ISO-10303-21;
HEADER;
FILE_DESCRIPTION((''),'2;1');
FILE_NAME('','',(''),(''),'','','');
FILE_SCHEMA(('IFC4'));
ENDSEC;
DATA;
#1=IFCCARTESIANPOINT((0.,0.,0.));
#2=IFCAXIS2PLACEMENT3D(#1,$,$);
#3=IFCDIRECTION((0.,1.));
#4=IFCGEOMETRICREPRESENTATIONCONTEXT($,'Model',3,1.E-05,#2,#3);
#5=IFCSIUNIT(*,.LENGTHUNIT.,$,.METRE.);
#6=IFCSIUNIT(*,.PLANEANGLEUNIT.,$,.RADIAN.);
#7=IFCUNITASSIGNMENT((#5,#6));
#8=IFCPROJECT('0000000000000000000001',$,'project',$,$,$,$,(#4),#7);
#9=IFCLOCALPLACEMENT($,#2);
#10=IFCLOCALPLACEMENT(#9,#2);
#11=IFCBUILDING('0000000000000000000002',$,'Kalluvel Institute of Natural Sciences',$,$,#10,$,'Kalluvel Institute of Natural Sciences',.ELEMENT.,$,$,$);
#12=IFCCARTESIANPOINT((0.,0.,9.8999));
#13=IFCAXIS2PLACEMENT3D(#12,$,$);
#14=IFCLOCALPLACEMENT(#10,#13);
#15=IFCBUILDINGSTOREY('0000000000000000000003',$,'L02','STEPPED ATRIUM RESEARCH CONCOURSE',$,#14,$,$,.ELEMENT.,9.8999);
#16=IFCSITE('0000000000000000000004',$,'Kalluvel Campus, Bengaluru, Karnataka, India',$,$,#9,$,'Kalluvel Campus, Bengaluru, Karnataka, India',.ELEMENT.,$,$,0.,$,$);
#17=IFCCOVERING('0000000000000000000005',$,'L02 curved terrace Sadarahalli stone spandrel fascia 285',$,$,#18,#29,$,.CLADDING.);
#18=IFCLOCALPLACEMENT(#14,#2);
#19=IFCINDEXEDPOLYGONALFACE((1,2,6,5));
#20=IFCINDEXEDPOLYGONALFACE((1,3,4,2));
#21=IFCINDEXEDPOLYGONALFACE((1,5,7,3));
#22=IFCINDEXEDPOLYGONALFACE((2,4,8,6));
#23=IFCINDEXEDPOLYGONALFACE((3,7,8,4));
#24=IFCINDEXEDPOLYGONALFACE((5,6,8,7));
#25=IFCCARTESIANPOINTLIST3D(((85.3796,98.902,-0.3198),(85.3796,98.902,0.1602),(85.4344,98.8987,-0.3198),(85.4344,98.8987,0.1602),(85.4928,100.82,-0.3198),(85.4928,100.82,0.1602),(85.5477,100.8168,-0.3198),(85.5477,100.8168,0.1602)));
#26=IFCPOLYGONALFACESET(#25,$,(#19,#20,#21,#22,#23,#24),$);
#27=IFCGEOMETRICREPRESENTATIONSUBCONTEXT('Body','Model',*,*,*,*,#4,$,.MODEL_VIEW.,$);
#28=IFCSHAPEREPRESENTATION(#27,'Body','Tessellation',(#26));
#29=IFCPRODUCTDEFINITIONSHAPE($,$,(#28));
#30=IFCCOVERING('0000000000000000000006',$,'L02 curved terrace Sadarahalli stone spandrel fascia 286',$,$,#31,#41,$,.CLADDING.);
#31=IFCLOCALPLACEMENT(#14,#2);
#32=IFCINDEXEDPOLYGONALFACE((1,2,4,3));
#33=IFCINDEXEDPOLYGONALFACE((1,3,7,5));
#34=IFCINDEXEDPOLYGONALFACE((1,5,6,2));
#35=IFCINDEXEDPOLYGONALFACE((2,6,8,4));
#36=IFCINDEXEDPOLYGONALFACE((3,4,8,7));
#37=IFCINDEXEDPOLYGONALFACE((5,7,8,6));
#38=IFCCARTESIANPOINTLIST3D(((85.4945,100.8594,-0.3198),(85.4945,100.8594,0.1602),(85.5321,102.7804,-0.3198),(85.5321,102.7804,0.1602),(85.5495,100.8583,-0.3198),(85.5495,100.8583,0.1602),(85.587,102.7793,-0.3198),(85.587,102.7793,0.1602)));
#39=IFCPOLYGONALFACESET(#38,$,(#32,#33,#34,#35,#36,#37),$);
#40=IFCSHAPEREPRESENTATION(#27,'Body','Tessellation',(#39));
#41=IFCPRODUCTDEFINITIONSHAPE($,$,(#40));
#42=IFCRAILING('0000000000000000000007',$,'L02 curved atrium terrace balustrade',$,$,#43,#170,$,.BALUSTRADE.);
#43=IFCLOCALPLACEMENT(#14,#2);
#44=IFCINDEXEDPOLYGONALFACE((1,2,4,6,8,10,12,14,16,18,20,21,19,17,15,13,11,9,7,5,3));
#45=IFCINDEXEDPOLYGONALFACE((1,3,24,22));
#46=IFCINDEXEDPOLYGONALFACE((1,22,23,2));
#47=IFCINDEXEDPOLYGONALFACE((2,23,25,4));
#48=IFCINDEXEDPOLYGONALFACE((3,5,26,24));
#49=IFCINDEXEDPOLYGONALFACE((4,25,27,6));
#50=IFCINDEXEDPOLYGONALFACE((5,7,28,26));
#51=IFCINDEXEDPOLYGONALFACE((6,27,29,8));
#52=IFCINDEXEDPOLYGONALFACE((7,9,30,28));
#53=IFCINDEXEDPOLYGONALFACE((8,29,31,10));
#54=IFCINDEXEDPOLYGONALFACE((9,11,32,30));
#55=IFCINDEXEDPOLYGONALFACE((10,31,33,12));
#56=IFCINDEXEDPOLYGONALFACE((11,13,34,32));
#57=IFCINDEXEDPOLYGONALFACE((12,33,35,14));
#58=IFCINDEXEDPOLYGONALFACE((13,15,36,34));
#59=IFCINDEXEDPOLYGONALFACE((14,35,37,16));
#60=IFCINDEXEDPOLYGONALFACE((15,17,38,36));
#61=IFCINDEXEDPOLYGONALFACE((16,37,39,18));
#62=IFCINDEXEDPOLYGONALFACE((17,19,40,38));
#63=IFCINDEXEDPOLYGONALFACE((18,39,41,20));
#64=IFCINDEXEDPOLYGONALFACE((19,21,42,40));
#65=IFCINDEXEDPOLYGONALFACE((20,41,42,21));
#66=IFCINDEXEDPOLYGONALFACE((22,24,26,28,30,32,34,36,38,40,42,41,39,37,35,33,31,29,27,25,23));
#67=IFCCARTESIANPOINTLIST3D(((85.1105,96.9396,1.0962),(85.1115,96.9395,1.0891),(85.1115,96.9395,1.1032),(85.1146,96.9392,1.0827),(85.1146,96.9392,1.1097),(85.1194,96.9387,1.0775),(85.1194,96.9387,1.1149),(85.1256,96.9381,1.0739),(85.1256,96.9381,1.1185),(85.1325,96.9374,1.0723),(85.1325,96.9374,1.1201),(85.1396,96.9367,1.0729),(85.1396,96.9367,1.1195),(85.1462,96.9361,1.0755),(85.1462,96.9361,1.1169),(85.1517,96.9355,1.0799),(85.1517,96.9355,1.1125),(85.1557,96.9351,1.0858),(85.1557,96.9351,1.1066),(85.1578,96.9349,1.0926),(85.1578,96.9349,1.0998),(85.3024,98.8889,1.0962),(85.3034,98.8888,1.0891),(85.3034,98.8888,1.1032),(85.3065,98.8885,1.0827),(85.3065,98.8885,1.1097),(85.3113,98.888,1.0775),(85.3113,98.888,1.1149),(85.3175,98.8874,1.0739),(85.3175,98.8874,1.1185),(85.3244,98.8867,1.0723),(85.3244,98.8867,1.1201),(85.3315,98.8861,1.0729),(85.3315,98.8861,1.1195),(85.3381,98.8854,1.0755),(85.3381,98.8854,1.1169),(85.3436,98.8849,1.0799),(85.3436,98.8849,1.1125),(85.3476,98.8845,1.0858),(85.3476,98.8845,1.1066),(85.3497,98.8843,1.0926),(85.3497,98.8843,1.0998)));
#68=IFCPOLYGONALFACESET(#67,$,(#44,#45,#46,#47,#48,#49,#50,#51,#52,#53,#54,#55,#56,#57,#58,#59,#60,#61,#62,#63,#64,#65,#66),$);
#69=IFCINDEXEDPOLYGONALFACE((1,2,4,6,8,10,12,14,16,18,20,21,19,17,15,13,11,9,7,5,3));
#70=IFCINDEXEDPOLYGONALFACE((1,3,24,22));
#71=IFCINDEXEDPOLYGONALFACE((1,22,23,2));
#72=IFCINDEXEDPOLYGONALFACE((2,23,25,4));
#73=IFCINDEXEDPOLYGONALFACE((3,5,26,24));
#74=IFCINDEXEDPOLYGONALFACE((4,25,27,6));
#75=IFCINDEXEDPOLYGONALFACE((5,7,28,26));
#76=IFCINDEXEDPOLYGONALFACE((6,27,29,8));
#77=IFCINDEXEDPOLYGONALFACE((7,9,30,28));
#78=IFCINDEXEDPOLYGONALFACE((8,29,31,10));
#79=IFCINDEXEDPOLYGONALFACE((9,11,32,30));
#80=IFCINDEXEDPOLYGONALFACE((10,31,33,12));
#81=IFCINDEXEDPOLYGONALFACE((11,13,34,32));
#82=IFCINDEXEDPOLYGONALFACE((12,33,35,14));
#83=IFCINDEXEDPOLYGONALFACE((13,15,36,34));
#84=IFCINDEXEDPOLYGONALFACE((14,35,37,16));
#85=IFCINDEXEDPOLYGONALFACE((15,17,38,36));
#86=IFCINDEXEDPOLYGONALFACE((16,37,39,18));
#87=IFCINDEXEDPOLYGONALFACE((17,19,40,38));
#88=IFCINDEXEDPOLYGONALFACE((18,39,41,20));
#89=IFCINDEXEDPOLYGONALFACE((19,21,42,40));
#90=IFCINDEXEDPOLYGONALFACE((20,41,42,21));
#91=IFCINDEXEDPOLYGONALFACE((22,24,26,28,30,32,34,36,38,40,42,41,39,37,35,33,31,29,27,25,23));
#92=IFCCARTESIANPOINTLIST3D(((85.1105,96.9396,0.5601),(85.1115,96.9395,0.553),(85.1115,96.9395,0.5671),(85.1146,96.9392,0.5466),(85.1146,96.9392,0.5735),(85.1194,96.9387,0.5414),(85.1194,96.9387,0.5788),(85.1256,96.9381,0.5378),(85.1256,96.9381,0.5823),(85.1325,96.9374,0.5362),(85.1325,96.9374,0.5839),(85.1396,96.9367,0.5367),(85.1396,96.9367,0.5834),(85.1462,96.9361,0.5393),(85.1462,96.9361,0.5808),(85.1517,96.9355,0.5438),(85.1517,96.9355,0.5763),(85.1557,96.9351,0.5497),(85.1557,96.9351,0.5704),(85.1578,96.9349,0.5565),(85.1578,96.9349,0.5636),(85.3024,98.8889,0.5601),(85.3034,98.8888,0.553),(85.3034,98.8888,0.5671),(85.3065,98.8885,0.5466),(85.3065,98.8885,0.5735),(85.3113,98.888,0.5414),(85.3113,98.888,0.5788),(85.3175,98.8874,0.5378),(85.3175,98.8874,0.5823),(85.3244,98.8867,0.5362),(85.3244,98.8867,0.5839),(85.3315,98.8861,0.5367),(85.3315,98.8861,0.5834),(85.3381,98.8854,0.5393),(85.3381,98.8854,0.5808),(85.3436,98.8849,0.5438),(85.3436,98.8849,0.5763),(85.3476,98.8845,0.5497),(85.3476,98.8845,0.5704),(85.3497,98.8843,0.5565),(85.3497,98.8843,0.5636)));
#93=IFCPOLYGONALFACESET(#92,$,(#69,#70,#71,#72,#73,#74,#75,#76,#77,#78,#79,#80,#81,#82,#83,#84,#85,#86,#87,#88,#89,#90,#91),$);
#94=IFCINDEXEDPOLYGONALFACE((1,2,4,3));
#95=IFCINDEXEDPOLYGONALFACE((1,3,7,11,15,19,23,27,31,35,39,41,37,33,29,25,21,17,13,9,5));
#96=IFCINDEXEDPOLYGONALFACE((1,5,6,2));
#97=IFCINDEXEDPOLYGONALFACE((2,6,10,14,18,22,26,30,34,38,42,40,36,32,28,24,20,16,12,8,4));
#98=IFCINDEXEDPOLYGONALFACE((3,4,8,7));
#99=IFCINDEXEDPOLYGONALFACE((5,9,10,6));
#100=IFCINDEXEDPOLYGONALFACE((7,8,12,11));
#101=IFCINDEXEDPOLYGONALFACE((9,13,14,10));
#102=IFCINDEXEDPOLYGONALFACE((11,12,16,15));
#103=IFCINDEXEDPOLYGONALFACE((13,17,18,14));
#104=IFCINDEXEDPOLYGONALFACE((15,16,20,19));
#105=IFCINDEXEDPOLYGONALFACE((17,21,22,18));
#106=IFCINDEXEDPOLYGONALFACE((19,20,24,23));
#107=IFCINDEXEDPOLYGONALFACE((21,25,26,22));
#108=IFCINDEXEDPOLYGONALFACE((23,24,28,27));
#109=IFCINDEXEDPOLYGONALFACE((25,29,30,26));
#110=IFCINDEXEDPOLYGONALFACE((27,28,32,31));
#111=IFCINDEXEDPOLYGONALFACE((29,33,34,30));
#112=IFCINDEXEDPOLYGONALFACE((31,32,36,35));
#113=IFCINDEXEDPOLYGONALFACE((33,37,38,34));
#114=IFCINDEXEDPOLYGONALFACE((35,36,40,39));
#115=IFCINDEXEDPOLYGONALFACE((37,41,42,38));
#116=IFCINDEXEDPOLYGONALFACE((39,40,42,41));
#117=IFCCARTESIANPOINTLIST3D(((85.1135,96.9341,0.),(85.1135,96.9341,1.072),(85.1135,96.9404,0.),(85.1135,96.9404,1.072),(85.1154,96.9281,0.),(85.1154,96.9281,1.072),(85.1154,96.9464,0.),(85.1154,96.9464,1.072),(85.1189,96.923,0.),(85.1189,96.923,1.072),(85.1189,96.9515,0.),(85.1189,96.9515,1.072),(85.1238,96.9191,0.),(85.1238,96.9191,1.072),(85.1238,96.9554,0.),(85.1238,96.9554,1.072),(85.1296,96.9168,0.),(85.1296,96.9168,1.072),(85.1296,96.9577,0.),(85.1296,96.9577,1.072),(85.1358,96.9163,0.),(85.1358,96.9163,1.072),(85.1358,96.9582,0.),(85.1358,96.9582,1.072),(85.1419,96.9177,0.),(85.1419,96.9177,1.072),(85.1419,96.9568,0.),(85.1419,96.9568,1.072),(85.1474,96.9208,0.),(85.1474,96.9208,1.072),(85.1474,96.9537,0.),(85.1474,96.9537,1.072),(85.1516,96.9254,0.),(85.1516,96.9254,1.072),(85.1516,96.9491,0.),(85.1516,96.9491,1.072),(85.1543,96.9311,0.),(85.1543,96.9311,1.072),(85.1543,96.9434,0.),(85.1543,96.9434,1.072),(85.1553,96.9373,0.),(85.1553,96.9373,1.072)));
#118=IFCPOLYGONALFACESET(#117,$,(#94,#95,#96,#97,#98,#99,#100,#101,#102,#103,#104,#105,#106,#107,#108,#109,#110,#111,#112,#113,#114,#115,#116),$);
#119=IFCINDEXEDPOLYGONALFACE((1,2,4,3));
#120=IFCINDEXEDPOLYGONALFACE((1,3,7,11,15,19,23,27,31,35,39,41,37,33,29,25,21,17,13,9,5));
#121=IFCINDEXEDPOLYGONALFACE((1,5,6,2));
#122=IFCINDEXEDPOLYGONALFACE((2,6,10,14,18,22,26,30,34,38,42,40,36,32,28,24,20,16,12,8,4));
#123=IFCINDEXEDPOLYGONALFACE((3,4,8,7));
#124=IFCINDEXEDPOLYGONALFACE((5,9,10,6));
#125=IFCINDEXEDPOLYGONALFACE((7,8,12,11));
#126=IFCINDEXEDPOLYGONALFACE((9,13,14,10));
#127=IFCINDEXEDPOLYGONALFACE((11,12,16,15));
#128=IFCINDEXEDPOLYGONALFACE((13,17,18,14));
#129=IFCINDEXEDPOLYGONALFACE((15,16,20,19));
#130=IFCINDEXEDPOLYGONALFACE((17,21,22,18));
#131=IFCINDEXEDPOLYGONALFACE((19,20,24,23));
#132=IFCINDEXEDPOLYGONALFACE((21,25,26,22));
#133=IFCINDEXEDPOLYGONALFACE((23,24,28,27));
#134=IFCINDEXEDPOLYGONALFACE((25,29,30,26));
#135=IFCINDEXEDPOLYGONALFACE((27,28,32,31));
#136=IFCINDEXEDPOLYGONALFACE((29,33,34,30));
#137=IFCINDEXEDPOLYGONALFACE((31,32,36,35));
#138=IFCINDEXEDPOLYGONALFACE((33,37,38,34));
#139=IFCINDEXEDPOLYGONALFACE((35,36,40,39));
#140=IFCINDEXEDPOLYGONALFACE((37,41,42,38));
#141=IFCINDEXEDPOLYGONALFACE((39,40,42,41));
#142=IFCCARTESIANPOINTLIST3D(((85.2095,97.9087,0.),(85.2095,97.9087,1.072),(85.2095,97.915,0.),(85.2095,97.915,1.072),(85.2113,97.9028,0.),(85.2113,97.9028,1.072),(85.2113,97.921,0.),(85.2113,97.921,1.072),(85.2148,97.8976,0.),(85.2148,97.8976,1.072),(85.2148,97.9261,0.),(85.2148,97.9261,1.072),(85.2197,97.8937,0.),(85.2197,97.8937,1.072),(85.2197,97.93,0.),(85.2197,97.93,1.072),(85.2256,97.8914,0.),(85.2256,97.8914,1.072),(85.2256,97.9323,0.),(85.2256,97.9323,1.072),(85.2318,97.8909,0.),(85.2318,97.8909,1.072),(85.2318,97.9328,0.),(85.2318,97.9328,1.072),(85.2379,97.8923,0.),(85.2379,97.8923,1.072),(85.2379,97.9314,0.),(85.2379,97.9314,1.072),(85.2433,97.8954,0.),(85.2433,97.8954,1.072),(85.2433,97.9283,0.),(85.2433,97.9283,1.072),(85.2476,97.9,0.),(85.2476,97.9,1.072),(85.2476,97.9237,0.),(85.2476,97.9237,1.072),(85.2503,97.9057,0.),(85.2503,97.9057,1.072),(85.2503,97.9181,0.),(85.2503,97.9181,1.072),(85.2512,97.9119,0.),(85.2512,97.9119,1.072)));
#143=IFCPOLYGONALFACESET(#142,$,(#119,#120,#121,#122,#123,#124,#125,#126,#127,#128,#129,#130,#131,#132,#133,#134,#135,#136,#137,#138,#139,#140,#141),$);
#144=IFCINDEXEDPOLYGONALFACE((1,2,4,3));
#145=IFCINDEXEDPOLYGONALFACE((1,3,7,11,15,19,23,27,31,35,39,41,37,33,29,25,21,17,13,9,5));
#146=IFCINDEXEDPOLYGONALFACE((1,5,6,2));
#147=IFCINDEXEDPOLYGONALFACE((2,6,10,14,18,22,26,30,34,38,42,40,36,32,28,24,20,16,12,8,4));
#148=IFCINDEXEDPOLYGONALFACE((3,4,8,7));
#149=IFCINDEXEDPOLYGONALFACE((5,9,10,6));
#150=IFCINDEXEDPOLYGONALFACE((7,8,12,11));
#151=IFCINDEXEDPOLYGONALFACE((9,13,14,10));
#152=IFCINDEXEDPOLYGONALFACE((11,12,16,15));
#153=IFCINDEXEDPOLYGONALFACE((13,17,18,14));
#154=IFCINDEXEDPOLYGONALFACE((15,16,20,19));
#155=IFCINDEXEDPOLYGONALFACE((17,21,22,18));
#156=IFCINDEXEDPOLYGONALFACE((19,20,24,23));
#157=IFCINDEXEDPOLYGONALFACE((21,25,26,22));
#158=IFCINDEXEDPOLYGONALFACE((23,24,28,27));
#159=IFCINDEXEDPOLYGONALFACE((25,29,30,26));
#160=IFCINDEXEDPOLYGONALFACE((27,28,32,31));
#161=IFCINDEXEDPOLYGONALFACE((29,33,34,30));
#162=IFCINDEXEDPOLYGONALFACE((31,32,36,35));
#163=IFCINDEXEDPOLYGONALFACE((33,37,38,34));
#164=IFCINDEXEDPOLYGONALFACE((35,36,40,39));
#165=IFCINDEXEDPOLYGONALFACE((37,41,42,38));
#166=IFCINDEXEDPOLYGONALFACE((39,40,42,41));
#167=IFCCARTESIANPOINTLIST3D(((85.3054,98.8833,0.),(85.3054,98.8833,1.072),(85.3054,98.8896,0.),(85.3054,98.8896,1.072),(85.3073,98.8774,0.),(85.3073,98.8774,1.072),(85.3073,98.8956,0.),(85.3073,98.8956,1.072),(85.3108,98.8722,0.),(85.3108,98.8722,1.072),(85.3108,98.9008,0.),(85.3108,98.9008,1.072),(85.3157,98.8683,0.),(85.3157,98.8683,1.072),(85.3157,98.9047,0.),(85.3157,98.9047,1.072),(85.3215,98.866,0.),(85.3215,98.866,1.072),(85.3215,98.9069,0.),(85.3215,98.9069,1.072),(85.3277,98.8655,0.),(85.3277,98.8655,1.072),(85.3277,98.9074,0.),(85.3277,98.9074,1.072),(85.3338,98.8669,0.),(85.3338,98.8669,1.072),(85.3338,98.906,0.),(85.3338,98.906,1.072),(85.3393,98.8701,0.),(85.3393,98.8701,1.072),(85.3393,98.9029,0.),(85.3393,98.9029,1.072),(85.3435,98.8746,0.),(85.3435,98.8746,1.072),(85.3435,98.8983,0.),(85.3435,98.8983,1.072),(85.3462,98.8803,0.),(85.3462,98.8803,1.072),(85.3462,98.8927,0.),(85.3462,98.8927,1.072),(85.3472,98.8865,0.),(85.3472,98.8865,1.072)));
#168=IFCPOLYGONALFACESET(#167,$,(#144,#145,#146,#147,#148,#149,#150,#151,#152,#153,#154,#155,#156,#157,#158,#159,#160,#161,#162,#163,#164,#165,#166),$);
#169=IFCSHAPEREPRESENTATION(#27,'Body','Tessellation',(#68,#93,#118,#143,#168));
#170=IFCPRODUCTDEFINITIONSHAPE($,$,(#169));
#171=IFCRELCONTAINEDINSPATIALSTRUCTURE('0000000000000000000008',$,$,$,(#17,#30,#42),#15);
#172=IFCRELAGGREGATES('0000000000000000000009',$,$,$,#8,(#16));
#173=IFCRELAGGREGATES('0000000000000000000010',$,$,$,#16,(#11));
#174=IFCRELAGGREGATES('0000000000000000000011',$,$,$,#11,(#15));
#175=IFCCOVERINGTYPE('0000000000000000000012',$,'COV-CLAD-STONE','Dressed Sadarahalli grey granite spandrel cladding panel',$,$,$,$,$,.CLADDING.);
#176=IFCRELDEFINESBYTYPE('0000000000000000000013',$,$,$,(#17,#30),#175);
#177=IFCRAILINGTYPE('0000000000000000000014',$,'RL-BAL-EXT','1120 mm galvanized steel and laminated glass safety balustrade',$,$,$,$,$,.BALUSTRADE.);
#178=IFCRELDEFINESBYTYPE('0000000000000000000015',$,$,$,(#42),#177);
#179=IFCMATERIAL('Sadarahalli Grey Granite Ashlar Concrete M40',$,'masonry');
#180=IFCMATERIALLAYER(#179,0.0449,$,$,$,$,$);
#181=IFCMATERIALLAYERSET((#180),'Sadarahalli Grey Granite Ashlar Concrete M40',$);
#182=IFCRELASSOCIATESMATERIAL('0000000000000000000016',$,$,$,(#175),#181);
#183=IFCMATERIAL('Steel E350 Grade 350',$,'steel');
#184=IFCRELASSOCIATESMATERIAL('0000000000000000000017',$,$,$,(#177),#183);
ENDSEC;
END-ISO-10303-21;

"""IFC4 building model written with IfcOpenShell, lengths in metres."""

from ifc_helpers import new_model, si_unit, direction, frame, origin, origin_2d, place, context, subcontext, project, spatial, rectangle, circle, extrude, material, layer, layer_set, type_object, element, save


model = new_model("IFC4")

# Units and contexts
model_context = context("Model", 3, precision=1e-05, world=origin(), true_north=direction((0.0, 1.0)))
body_context = subcontext(model_context, "Body", "Model", "MODEL_VIEW")
ifc_project = project(units=[si_unit("LENGTHUNIT", "METRE"), si_unit("PLANEANGLEUNIT", "RADIAN")], contexts=[model_context])

# Site, building, storey
site_placement = place(None, origin())
site = spatial("IfcSite", under=ifc_project, at=site_placement, Name="Kalluvel Campus, Bengaluru, Karnataka, India", LongName="Kalluvel Campus, Bengaluru, Karnataka, India", CompositionType="ELEMENT", RefElevation=0.0)
building_placement = place(site_placement, origin())
building = spatial("IfcBuilding", under=site, at=building_placement, Name="Kalluvel Institute of Natural Sciences", LongName="Kalluvel Institute of Natural Sciences", CompositionType="ELEMENT")
storey_placement = place(building_placement, frame((0.0, 0.0, 9.8999)))
storey = spatial("IfcBuildingStorey", under=building, at=storey_placement, Name="L02", Description="STEPPED ATRIUM RESEARCH CONCOURSE", CompositionType="ELEMENT", Elevation=9.8999)

# Shared definitions
ifc_material_1 = material(Name="Sadarahalli Grey Granite Ashlar Concrete M40", Category="masonry")

# Coverings
ifc_layer_1 = layer(ifc_material_1, 0.0449)
ifc_layer_set_1 = layer_set([ifc_layer_1], Name="Sadarahalli Grey Granite Ashlar Concrete M40")
covering_type = type_object("IfcCoveringType", Name="COV-CLAD-STONE", Description="Dressed Sadarahalli grey granite spandrel cladding panel", PredefinedType="CLADDING", material=ifc_layer_set_1)
for number, where, z_axis, x_axis, name in (
    (1, (85.4636, 99.8594, -0.3198), (0.0, 0.0, 1.0), (0.058958, 0.99826, 0.0), "L02 curved terrace Sadarahalli stone spandrel fascia 285"),
    (2, (85.5408, 101.8193, -0.3198), (0.0, 0.0, 1.0), (0.019546, 0.999809, 0.0), "L02 curved terrace Sadarahalli stone spandrel fascia 286"),
):
    element("IfcCovering", number, at=place(storey_placement, frame(where, z_axis=z_axis, x_axis=x_axis)), inside=storey, type_object=covering_type, Name=name, PredefinedType="CLADDING", context=body_context, shape_type="SweptSolid", body=[
        extrude(rectangle(XDim=1.9214, YDim=0.0549, at=origin_2d()), origin(), (0.0, 0.0, 1.0), 0.48),
    ])

# Railing
ifc_material_2 = material(Name="Steel E350 Grade 350", Category="steel")
railing_type = type_object("IfcRailingType", Name="RL-BAL-EXT", Description="1120 mm galvanized steel and laminated glass safety balustrade", PredefinedType="BALUSTRADE", material=ifc_material_2)
railing_1_placement = place(storey_placement, frame((85.1343, 96.9373, 0.0)))
element("IfcRailing", 3, at=railing_1_placement, inside=storey, type_object=railing_type, Name="L02 curved atrium terrace balustrade", PredefinedType="BALUSTRADE", context=body_context, shape_type="SweptSolid", body=[
    extrude(circle(Radius=0.0239, at=origin_2d()), frame((0.0, 0.0, 1.0962), z_axis=(0.097973, 0.995189, 0.0), x_axis=(-0.995189, 0.097973, 0.0)), (0.0, 0.0, 1.0), 1.9587),
    extrude(circle(Radius=0.0239, at=origin_2d()), frame((0.0, 0.0, 0.5601), z_axis=(0.097973, 0.995189, 0.0), x_axis=(-0.995189, 0.097973, 0.0)), (0.0, 0.0, 1.0), 1.9587),
    extrude(circle(Radius=0.021, at=origin_2d()), origin(), (0.0, 0.0, 1.0), 1.072),
    extrude(circle(Radius=0.021, at=origin_2d()), frame((0.0959, 0.9746, 0.0)), (0.0, 0.0, 1.0), 1.072),
    extrude(circle(Radius=0.021, at=origin_2d()), frame((0.1919, 1.9492, 0.0)), (0.0, 0.0, 1.0), 1.072),
])

save(model, "model.ifc")
